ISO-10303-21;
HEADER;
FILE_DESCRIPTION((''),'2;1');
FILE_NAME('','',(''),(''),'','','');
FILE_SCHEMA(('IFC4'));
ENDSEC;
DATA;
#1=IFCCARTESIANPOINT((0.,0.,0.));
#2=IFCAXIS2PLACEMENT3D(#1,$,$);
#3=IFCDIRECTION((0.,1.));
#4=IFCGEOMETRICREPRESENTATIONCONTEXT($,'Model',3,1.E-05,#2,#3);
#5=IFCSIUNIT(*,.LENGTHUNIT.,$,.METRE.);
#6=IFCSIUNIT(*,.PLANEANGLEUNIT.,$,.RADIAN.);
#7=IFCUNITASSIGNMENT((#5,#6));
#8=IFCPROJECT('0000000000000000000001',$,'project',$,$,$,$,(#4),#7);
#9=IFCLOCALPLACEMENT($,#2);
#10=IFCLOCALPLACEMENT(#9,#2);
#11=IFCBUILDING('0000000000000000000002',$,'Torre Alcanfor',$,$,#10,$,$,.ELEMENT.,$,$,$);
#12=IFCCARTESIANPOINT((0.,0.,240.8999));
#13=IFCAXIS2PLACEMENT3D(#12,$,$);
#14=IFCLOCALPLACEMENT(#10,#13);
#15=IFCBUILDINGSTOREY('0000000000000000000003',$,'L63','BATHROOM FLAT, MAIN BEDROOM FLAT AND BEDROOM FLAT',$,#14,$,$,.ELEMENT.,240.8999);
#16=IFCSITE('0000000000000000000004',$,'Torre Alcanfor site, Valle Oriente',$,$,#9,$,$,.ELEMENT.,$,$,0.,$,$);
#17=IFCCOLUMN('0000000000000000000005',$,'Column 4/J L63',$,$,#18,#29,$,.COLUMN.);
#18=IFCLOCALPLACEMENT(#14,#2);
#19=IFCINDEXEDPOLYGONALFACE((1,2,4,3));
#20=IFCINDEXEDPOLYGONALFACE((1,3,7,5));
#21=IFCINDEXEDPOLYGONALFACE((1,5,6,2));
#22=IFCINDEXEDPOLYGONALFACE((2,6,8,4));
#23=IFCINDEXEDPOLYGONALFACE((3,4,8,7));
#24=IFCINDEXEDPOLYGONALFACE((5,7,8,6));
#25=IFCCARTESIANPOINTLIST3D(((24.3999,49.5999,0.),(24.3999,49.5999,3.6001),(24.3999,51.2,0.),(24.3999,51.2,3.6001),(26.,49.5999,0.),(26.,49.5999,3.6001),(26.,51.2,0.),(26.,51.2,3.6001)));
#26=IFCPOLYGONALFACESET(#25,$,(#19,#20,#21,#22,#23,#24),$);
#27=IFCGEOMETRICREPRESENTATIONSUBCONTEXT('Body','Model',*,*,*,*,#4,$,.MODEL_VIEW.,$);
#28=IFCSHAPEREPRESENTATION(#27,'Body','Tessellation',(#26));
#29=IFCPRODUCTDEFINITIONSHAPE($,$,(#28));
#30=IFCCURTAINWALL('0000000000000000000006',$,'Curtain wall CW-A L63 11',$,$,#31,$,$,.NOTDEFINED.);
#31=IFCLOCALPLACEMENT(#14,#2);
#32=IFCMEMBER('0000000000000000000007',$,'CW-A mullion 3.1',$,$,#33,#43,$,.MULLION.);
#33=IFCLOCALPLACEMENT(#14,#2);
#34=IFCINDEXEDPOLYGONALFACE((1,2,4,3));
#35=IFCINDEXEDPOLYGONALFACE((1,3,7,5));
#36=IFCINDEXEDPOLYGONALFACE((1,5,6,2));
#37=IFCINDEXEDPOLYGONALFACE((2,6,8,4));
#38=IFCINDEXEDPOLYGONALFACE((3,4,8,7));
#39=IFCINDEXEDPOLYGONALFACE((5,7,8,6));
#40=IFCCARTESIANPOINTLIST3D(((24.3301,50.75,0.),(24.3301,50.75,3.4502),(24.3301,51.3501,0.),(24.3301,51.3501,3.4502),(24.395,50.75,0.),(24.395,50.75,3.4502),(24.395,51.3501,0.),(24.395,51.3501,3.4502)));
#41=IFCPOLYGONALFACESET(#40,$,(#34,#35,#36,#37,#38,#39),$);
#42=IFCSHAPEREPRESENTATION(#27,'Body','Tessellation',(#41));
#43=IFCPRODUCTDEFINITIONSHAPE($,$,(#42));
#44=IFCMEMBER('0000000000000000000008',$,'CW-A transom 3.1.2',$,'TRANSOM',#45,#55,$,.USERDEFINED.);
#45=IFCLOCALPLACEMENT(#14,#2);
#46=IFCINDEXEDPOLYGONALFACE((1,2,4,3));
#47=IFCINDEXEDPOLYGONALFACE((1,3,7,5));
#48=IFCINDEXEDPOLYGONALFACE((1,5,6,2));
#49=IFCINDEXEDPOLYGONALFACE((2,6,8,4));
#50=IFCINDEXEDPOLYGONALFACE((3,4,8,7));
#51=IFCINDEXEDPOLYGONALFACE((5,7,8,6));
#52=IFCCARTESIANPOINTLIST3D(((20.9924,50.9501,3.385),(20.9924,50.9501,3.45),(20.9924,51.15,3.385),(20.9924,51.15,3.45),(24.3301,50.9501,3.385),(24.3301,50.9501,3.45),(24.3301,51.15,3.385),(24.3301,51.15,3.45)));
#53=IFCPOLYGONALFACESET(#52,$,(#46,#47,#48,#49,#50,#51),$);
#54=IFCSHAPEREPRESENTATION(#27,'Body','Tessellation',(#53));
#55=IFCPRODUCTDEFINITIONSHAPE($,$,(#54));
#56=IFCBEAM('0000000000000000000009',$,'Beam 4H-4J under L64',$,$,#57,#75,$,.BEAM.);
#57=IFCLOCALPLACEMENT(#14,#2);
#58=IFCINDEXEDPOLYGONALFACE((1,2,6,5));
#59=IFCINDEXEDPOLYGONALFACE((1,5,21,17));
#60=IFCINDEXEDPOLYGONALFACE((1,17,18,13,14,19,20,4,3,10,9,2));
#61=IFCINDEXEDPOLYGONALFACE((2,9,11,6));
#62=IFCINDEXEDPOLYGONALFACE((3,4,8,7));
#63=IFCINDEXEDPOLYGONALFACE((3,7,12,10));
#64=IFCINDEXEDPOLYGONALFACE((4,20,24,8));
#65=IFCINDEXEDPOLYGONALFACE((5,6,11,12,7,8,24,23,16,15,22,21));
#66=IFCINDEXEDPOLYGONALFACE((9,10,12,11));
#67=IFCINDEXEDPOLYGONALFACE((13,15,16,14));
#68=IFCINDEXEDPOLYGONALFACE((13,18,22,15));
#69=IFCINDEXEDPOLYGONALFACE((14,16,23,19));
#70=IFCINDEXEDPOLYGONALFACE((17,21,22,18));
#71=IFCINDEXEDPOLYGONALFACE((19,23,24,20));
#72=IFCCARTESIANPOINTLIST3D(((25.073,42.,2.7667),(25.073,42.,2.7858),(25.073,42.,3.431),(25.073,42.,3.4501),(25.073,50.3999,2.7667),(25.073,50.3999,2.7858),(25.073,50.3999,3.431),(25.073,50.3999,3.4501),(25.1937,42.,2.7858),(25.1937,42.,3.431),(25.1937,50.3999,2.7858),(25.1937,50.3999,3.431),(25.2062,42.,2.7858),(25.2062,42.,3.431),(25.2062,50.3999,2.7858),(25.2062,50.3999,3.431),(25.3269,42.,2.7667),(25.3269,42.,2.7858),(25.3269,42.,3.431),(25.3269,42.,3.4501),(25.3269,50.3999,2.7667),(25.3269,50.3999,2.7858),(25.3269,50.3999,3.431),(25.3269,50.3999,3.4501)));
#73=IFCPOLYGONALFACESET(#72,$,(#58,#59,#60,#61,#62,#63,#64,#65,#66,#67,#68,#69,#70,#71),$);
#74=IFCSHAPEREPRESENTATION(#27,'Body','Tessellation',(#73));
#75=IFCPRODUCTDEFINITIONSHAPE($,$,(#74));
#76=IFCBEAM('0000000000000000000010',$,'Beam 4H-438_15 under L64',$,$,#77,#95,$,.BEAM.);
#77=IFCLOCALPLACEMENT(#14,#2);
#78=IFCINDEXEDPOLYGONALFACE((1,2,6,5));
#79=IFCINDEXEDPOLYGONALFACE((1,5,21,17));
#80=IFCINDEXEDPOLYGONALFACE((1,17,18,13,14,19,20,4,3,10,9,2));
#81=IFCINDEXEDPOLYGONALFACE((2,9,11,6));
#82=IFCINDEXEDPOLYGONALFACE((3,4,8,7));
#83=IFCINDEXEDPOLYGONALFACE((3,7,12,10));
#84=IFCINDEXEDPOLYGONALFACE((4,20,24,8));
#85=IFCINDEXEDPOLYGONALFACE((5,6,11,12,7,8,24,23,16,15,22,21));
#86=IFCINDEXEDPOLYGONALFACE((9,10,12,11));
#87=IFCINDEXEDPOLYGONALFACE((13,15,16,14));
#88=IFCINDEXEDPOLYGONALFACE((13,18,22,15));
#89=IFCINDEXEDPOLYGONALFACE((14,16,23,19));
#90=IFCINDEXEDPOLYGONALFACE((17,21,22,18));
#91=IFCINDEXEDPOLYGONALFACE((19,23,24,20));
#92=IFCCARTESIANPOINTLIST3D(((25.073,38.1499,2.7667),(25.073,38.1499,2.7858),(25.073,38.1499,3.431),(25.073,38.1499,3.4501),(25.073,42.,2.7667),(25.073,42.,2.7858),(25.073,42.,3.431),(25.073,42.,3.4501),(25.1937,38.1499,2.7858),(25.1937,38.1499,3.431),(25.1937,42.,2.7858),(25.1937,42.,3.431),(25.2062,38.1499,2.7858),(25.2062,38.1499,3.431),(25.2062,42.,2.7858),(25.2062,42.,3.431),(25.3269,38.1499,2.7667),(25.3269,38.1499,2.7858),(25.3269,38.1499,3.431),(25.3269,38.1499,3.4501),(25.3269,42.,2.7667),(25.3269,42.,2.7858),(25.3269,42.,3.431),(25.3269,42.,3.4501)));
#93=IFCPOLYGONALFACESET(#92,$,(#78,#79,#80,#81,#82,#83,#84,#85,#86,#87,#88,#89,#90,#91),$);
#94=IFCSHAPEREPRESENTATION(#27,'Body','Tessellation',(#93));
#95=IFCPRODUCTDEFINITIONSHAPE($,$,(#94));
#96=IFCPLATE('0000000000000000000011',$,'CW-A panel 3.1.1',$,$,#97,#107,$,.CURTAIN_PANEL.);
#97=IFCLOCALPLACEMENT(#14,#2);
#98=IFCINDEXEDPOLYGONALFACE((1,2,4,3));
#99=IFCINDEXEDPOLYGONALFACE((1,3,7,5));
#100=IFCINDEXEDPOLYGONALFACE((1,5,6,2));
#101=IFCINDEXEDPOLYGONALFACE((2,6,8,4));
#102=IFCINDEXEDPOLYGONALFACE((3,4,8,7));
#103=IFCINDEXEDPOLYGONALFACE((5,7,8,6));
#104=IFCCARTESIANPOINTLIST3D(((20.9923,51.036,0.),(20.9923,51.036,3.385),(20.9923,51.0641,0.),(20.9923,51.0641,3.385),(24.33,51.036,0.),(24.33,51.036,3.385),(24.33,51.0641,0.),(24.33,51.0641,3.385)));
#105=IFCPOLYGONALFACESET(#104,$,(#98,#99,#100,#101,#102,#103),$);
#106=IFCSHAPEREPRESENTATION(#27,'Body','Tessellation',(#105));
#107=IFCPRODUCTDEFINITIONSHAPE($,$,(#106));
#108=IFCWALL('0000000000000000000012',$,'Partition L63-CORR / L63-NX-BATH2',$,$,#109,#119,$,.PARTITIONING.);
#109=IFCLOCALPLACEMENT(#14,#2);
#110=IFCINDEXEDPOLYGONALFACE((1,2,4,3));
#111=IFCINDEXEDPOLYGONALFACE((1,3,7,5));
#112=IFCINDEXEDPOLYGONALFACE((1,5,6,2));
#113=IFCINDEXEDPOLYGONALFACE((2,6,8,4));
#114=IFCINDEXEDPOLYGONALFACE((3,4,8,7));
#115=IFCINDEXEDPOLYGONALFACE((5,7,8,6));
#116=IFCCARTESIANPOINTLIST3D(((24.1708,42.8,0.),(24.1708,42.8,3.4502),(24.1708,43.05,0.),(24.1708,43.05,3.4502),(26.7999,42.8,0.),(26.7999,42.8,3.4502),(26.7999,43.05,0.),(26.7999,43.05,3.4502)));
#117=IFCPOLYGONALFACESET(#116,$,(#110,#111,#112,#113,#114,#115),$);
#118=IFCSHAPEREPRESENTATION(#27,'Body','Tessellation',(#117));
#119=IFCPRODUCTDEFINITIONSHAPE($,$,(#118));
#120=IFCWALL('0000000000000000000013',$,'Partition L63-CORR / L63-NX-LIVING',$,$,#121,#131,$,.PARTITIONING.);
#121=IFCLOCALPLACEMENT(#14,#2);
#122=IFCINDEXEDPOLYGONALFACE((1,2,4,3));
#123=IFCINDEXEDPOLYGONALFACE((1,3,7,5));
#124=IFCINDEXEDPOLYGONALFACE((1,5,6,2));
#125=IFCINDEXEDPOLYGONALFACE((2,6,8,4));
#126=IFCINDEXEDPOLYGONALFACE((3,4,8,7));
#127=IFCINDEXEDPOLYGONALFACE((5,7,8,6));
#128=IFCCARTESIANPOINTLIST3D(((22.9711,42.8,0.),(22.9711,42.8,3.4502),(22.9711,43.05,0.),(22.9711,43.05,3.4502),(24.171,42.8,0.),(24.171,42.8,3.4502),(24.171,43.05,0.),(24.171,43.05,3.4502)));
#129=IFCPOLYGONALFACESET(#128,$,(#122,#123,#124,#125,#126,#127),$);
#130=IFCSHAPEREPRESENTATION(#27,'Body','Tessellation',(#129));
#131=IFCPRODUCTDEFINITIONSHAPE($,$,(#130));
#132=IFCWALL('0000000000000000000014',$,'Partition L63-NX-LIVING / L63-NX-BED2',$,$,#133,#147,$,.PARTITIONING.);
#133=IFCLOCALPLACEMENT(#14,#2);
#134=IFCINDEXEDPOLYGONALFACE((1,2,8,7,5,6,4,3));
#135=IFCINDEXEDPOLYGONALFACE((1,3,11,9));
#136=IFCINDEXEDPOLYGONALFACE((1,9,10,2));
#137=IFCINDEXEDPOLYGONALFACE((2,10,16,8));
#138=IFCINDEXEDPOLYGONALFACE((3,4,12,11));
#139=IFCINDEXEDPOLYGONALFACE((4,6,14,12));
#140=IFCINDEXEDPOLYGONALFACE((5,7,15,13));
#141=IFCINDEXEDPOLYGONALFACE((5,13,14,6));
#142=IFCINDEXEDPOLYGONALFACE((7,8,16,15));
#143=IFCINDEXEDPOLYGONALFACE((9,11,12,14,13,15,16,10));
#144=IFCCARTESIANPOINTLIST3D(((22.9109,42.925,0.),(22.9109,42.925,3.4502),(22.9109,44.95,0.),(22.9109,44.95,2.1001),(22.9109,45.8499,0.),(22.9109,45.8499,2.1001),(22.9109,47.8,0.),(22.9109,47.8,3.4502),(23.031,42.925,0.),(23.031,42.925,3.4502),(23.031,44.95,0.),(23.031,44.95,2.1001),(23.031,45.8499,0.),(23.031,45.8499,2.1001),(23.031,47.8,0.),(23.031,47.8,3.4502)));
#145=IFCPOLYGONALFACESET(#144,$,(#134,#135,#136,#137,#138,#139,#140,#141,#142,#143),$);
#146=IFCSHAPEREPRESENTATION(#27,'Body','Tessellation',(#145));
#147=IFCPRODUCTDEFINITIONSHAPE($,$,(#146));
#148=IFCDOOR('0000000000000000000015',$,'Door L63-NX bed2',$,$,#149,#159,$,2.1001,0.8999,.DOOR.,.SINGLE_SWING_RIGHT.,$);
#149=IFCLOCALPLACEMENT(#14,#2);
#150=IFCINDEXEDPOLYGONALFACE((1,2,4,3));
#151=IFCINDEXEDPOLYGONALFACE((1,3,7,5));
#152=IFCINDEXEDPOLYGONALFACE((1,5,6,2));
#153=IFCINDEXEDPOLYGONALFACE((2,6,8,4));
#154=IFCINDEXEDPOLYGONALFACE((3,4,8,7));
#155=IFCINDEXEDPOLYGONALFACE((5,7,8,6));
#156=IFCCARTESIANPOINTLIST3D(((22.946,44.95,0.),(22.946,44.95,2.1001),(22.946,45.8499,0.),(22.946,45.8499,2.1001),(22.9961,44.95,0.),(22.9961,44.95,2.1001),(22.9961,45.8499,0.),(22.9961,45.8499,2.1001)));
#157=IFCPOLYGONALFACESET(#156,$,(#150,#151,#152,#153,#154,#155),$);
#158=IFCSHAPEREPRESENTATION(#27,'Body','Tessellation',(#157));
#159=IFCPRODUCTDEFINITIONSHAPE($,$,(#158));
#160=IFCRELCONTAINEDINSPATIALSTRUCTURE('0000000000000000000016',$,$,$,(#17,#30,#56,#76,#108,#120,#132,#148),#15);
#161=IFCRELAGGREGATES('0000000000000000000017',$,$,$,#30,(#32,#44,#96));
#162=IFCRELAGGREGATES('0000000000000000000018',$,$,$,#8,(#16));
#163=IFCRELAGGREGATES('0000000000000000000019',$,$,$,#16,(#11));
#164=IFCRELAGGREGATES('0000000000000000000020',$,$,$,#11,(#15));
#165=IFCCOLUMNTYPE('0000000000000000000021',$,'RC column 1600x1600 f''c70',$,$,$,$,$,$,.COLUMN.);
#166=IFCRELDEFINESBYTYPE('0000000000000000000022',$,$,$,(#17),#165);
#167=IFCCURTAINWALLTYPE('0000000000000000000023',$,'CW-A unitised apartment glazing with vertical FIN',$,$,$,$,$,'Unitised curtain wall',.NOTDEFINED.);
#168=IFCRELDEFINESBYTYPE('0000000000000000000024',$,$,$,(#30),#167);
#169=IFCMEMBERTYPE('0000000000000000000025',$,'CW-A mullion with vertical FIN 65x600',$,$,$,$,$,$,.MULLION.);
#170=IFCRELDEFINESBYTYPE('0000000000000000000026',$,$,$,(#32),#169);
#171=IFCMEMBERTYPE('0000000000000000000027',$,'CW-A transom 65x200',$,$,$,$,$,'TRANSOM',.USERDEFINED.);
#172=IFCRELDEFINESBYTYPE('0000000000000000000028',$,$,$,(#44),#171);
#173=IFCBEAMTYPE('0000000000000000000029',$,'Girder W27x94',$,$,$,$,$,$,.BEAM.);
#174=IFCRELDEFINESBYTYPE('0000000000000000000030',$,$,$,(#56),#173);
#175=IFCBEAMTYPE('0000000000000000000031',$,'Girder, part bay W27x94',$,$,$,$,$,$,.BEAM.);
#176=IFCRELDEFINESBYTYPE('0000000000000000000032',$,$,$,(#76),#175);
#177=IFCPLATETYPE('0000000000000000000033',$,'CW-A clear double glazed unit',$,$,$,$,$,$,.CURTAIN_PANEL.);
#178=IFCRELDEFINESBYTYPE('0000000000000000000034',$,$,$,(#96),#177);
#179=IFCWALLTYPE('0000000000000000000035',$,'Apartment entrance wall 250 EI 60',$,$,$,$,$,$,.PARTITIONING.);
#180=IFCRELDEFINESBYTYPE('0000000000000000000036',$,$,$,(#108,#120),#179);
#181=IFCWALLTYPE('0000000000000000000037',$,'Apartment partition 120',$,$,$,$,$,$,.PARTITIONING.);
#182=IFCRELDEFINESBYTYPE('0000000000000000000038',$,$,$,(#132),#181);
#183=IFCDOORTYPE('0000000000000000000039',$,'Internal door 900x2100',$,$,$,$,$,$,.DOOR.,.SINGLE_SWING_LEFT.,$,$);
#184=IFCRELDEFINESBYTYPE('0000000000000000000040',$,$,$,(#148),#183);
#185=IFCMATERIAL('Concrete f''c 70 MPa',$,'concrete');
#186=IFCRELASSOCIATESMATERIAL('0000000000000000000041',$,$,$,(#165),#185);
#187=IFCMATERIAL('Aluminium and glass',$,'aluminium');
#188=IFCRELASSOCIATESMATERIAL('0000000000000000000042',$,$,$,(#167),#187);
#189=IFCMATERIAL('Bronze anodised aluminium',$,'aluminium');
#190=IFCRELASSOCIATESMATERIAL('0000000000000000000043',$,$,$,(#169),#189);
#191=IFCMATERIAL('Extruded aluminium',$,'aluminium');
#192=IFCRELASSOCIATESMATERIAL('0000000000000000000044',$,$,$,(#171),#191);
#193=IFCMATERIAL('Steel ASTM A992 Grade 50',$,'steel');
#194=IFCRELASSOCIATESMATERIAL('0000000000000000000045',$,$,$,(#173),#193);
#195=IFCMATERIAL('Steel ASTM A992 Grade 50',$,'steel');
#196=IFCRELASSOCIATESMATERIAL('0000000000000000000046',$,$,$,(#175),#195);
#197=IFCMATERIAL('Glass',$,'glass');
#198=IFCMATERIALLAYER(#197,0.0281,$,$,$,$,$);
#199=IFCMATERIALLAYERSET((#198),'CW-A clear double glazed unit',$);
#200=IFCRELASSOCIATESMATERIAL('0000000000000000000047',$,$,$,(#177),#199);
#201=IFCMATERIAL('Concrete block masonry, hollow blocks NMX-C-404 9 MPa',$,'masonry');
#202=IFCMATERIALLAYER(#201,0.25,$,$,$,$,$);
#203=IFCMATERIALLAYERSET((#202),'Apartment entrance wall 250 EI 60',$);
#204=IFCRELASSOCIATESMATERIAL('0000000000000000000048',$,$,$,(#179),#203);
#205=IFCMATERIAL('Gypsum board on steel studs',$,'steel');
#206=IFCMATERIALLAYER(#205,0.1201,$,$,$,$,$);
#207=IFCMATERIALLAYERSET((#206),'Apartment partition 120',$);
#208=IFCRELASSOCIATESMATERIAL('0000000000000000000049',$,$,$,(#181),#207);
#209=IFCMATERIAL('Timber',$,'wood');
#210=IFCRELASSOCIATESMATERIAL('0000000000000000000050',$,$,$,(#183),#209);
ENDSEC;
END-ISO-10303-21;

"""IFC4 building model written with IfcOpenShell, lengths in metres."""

from ifc_helpers import new_model, si_unit, direction, frame, frame_2d, origin, origin_2d, place, context, subcontext, project, spatial, rectangle, i_section, extrude, material, layer, layer_set, material_profile, profile_set, type_object, element, fill, aggregate, save


model = new_model("IFC4")

# Units and contexts
model_context = context("Model", 3, precision=1e-05, world=origin(), true_north=direction((0.0, 1.0)))
body_context = subcontext(model_context, "Body", "Model", "MODEL_VIEW")
ifc_project = project(units=[si_unit("LENGTHUNIT", "METRE"), si_unit("PLANEANGLEUNIT", "RADIAN")], contexts=[model_context])

# Site, building, storey
site_placement = place(None, origin())
site = spatial("IfcSite", under=ifc_project, at=site_placement, Name="Torre Alcanfor site, Valle Oriente", CompositionType="ELEMENT", RefElevation=0.0)
building_placement = place(site_placement, origin())
building = spatial("IfcBuilding", under=site, at=building_placement, Name="Torre Alcanfor", CompositionType="ELEMENT")
storey_placement = place(building_placement, frame((0.0, 0.0, 240.8999)))
storey = spatial("IfcBuildingStorey", under=building, at=storey_placement, Name="L63", Description="BATHROOM FLAT, MAIN BEDROOM FLAT AND BEDROOM FLAT", CompositionType="ELEMENT", Elevation=240.8999)

# Column
ifc_material_1 = material(Name="Concrete f'c 70 MPa", Category="concrete")
ifc_material_profile_1 = material_profile(ifc_material_1, rectangle(XDim=1.6001, YDim=1.6001, at=origin_2d()), Name="1600x1600")
ifc_profile_set_1 = profile_set([ifc_material_profile_1], Name="Concrete f'c 70 MPa")
column_type = type_object("IfcColumnType", Name="RC column 1600x1600 f'c70", PredefinedType="COLUMN", material=ifc_profile_set_1)
column_placement = place(storey_placement, frame((25.2, 50.3999, 0.0), z_axis=(0.0, 0.0, 1.0), x_axis=(1.0, 0.0, 0.0)))
element("IfcColumn", 1, at=column_placement, inside=storey, type_object=column_type, Name="Column 4/J L63", PredefinedType="COLUMN", context=body_context, shape_type="SweptSolid", body=[
    extrude(rectangle(XDim=1.6001, YDim=1.6001, at=origin_2d()), origin(), (0.0, 0.0, 1.0), 3.6001),
])

# Curtain wall, members
ifc_material_2 = material(Name="Aluminium and glass", Category="aluminium")
curtain_wall_type = type_object("IfcCurtainWallType", Name="CW-A unitised apartment glazing with vertical FIN", ElementType="Unitised curtain wall", PredefinedType="NOTDEFINED", material=ifc_material_2)
curtain_wall_placement = place(storey_placement, origin())
curtain_wall = element("IfcCurtainWall", 2, at=curtain_wall_placement, inside=storey, type_object=curtain_wall_type, Name="Curtain wall CW-A L63 11", PredefinedType="NOTDEFINED")
ifc_material_3 = material(Name="Bronze anodised aluminium", Category="aluminium")
ifc_material_profile_2 = material_profile(ifc_material_3, rectangle(XDim=0.6001, YDim=0.0649, at=origin_2d()), Name="CW-A mullion 65x600")
ifc_profile_set_2 = profile_set([ifc_material_profile_2], Name="Bronze anodised aluminium")
member_type_1 = type_object("IfcMemberType", Name="CW-A mullion with vertical FIN 65x600", PredefinedType="MULLION", material=ifc_profile_set_2)
member_1_placement = place(storey_placement, frame((24.3625, 51.05, 0.0), z_axis=(0.0, 0.0, 1.0), x_axis=(0.0, -1.0, 0.0)))
member_1 = element("IfcMember", 3, at=member_1_placement, type_object=member_type_1, Name="CW-A mullion 3.1", PredefinedType="MULLION", context=body_context, shape_type="SweptSolid", body=[
    extrude(rectangle(XDim=0.6001, YDim=0.0649, at=origin_2d()), origin(), (0.0, 0.0, 1.0), 3.4502),
])
ifc_material_4 = material(Name="Extruded aluminium", Category="aluminium")
ifc_material_profile_3 = material_profile(ifc_material_4, rectangle(XDim=0.2, YDim=0.0649, at=origin_2d()), Name="CW-A transom 200x65")
ifc_profile_set_3 = profile_set([ifc_material_profile_3], Name="Extruded aluminium")
member_type_2 = type_object("IfcMemberType", Name="CW-A transom 65x200", ElementType="TRANSOM", PredefinedType="USERDEFINED", material=ifc_profile_set_3)
member_2_placement = place(storey_placement, frame((24.3301, 51.05, 3.4175), z_axis=(-1.0, 0.0, 0.0), x_axis=(0.0, -1.0, 0.0)))
member_2 = element("IfcMember", 4, at=member_2_placement, type_object=member_type_2, Name="CW-A transom 3.1.2", ObjectType="TRANSOM", PredefinedType="USERDEFINED", context=body_context, shape_type="SweptSolid", body=[
    extrude(rectangle(XDim=0.2, YDim=0.0649, at=origin_2d()), origin(), (0.0, 0.0, 1.0), 3.3376),
])

# Beams
ifc_material_5 = material(Name="Steel ASTM A992 Grade 50", Category="steel")
ifc_material_profile_4 = material_profile(ifc_material_5, i_section(OverallWidth=0.2539, OverallDepth=0.6833, WebThickness=0.0125, FlangeThickness=0.019, at=origin_2d()), Name="W27x94")
ifc_profile_set_4 = profile_set([ifc_material_profile_4], Name="Steel ASTM A992 Grade 50")
beam_type_1 = type_object("IfcBeamType", Name="Girder W27x94", PredefinedType="BEAM", material=ifc_profile_set_4)
beam_1_placement = place(storey_placement, frame((25.2, 42.0, 3.1084), z_axis=(0.0, 1.0, 0.0), x_axis=(-1.0, 0.0, 0.0)))
element("IfcBeam", 5, at=beam_1_placement, inside=storey, type_object=beam_type_1, Name="Beam 4H-4J under L64", PredefinedType="BEAM", context=body_context, shape_type="SweptSolid", body=[
    extrude(i_section(OverallWidth=0.2539, OverallDepth=0.6833, WebThickness=0.0125, FlangeThickness=0.019, at=origin_2d()), origin(), (0.0, 0.0, 1.0), 8.3999),
])
ifc_material_6 = material(Name="Steel ASTM A992 Grade 50", Category="steel")
ifc_material_profile_5 = material_profile(ifc_material_6, i_section(OverallWidth=0.2539, OverallDepth=0.6833, WebThickness=0.0125, FlangeThickness=0.019, at=origin_2d()), Name="W27x94")
ifc_profile_set_5 = profile_set([ifc_material_profile_5], Name="Steel ASTM A992 Grade 50")
beam_type_2 = type_object("IfcBeamType", Name="Girder, part bay W27x94", PredefinedType="BEAM", material=ifc_profile_set_5)
beam_2_placement = place(storey_placement, frame((25.2, 42.0, 3.1084), z_axis=(0.0, -1.0, 0.0), x_axis=(1.0, 0.0, 0.0)))
element("IfcBeam", 6, at=beam_2_placement, inside=storey, type_object=beam_type_2, Name="Beam 4H-438_15 under L64", PredefinedType="BEAM", context=body_context, shape_type="SweptSolid", body=[
    extrude(i_section(OverallWidth=0.2539, OverallDepth=0.6833, WebThickness=0.0125, FlangeThickness=0.019, at=origin_2d()), origin(), (0.0, 0.0, 1.0), 3.8501),
])

# Plate
ifc_material_7 = material(Name="Glass", Category="glass")
ifc_layer_1 = layer(ifc_material_7, 0.0281)
ifc_layer_set_1 = layer_set([ifc_layer_1], Name="CW-A clear double glazed unit")
plate_type = type_object("IfcPlateType", Name="CW-A clear double glazed unit", PredefinedType="CURTAIN_PANEL", material=ifc_layer_set_1)
plate_placement = place(storey_placement, frame((22.6611, 51.05, 0.0), z_axis=(0.0, 0.0, 1.0), x_axis=(-1.0, 0.0, 0.0)))
plate = element("IfcPlate", 7, at=plate_placement, type_object=plate_type, Name="CW-A panel 3.1.1", PredefinedType="CURTAIN_PANEL", context=body_context, shape_type="SweptSolid", body=[
    extrude(rectangle(XDim=3.3376, YDim=0.0281, at=origin_2d()), origin(), (0.0, 0.0, 1.0), 3.385),
])
aggregate(curtain_wall, [member_1, member_2, plate])

# Walls
ifc_material_8 = material(Name="Concrete block masonry, hollow blocks NMX-C-404 9 MPa", Category="masonry")
ifc_layer_2 = layer(ifc_material_8, 0.25)
ifc_layer_set_2 = layer_set([ifc_layer_2], Name="Apartment entrance wall 250 EI 60")
wall_type_1 = type_object("IfcWallType", Name="Apartment entrance wall 250 EI 60", PredefinedType="PARTITIONING", material=ifc_layer_set_2)
wall_1_placement = place(storey_placement, frame((24.1709, 42.925, 0.0), z_axis=(0.0, 0.0, 1.0), x_axis=(1.0, 0.0, 0.0)))
element("IfcWall", 8, at=wall_1_placement, inside=storey, type_object=wall_type_1, Name="Partition L63-CORR / L63-NX-BATH2", PredefinedType="PARTITIONING", context=body_context, shape_type="SweptSolid", body=[
    extrude(rectangle(XDim=2.6292, YDim=0.25, at=frame_2d((1.3145, 0.0))), origin(), (0.0, 0.0, 1.0), 3.4502),
])
wall_2_placement = place(storey_placement, frame((22.9709, 42.925, 0.0), z_axis=(0.0, 0.0, 1.0), x_axis=(1.0, 0.0, 0.0)))
element("IfcWall", 9, at=wall_2_placement, inside=storey, type_object=wall_type_1, Name="Partition L63-CORR / L63-NX-LIVING", PredefinedType="PARTITIONING", context=body_context, shape_type="SweptSolid", body=[
    extrude(rectangle(XDim=1.2, YDim=0.25, at=frame_2d((0.6001, 0.0))), origin(), (0.0, 0.0, 1.0), 3.4502),
])

# Wall, opening, door
ifc_material_9 = material(Name="Gypsum board on steel studs", Category="steel")
ifc_layer_3 = layer(ifc_material_9, 0.1201)
ifc_layer_set_3 = layer_set([ifc_layer_3], Name="Apartment partition 120")
wall_type_2 = type_object("IfcWallType", Name="Apartment partition 120", PredefinedType="PARTITIONING", material=ifc_layer_set_3)
wall_3_placement = place(storey_placement, frame((22.9709, 42.925, 0.0), z_axis=(0.0, 0.0, 1.0), x_axis=(0.0, 1.0, 0.0)))
wall_3 = element("IfcWall", 10, at=wall_3_placement, inside=storey, type_object=wall_type_2, Name="Partition L63-NX-LIVING / L63-NX-BED2", PredefinedType="PARTITIONING", context=body_context, shape_type="SweptSolid", body=[
    extrude(rectangle(XDim=4.875, YDim=0.1201, at=frame_2d((2.4375, 0.0))), origin(), (0.0, 0.0, 1.0), 3.4502),
])
opening_1_placement = place(wall_3_placement, frame((2.0249, 0.0, 0.0)))
opening_1 = element("IfcOpeningElement", 11, at=opening_1_placement, cuts=wall_3, PredefinedType="OPENING", context=body_context, shape_type="SweptSolid", body=[
    extrude(rectangle(XDim=0.8999, YDim=2.1001, at=frame_2d((0.45, 1.05))), frame((0.0, 0.0701, 0.0), z_axis=(0.0, -1.0, 0.0), x_axis=(1.0, 0.0, 0.0)), (0.0, 0.0, 1.0), 0.1401),
])
ifc_material_10 = material(Name="Timber", Category="wood")
door_type = type_object("IfcDoorType", Name="Internal door 900x2100", OperationType="SINGLE_SWING_LEFT", PredefinedType="DOOR", material=ifc_material_10)
door_1_placement = place(opening_1_placement, origin())
door_1 = element("IfcDoor", 12, at=door_1_placement, inside=storey, type_object=door_type, Name="Door L63-NX bed2", OperationType="SINGLE_SWING_RIGHT", OverallHeight=2.1001, OverallWidth=0.8999, PredefinedType="DOOR", context=body_context, shape_type="SweptSolid", body=[
    extrude(rectangle(XDim=0.8999, YDim=2.1001, at=frame_2d((0.45, 1.05))), frame((0.0, 0.0249, 0.0), z_axis=(0.0, -1.0, 0.0), x_axis=(1.0, 0.0, 0.0)), (0.0, 0.0, 1.0), 0.05),
])
fill(opening_1, door_1)

save(model, "model.ifc")
